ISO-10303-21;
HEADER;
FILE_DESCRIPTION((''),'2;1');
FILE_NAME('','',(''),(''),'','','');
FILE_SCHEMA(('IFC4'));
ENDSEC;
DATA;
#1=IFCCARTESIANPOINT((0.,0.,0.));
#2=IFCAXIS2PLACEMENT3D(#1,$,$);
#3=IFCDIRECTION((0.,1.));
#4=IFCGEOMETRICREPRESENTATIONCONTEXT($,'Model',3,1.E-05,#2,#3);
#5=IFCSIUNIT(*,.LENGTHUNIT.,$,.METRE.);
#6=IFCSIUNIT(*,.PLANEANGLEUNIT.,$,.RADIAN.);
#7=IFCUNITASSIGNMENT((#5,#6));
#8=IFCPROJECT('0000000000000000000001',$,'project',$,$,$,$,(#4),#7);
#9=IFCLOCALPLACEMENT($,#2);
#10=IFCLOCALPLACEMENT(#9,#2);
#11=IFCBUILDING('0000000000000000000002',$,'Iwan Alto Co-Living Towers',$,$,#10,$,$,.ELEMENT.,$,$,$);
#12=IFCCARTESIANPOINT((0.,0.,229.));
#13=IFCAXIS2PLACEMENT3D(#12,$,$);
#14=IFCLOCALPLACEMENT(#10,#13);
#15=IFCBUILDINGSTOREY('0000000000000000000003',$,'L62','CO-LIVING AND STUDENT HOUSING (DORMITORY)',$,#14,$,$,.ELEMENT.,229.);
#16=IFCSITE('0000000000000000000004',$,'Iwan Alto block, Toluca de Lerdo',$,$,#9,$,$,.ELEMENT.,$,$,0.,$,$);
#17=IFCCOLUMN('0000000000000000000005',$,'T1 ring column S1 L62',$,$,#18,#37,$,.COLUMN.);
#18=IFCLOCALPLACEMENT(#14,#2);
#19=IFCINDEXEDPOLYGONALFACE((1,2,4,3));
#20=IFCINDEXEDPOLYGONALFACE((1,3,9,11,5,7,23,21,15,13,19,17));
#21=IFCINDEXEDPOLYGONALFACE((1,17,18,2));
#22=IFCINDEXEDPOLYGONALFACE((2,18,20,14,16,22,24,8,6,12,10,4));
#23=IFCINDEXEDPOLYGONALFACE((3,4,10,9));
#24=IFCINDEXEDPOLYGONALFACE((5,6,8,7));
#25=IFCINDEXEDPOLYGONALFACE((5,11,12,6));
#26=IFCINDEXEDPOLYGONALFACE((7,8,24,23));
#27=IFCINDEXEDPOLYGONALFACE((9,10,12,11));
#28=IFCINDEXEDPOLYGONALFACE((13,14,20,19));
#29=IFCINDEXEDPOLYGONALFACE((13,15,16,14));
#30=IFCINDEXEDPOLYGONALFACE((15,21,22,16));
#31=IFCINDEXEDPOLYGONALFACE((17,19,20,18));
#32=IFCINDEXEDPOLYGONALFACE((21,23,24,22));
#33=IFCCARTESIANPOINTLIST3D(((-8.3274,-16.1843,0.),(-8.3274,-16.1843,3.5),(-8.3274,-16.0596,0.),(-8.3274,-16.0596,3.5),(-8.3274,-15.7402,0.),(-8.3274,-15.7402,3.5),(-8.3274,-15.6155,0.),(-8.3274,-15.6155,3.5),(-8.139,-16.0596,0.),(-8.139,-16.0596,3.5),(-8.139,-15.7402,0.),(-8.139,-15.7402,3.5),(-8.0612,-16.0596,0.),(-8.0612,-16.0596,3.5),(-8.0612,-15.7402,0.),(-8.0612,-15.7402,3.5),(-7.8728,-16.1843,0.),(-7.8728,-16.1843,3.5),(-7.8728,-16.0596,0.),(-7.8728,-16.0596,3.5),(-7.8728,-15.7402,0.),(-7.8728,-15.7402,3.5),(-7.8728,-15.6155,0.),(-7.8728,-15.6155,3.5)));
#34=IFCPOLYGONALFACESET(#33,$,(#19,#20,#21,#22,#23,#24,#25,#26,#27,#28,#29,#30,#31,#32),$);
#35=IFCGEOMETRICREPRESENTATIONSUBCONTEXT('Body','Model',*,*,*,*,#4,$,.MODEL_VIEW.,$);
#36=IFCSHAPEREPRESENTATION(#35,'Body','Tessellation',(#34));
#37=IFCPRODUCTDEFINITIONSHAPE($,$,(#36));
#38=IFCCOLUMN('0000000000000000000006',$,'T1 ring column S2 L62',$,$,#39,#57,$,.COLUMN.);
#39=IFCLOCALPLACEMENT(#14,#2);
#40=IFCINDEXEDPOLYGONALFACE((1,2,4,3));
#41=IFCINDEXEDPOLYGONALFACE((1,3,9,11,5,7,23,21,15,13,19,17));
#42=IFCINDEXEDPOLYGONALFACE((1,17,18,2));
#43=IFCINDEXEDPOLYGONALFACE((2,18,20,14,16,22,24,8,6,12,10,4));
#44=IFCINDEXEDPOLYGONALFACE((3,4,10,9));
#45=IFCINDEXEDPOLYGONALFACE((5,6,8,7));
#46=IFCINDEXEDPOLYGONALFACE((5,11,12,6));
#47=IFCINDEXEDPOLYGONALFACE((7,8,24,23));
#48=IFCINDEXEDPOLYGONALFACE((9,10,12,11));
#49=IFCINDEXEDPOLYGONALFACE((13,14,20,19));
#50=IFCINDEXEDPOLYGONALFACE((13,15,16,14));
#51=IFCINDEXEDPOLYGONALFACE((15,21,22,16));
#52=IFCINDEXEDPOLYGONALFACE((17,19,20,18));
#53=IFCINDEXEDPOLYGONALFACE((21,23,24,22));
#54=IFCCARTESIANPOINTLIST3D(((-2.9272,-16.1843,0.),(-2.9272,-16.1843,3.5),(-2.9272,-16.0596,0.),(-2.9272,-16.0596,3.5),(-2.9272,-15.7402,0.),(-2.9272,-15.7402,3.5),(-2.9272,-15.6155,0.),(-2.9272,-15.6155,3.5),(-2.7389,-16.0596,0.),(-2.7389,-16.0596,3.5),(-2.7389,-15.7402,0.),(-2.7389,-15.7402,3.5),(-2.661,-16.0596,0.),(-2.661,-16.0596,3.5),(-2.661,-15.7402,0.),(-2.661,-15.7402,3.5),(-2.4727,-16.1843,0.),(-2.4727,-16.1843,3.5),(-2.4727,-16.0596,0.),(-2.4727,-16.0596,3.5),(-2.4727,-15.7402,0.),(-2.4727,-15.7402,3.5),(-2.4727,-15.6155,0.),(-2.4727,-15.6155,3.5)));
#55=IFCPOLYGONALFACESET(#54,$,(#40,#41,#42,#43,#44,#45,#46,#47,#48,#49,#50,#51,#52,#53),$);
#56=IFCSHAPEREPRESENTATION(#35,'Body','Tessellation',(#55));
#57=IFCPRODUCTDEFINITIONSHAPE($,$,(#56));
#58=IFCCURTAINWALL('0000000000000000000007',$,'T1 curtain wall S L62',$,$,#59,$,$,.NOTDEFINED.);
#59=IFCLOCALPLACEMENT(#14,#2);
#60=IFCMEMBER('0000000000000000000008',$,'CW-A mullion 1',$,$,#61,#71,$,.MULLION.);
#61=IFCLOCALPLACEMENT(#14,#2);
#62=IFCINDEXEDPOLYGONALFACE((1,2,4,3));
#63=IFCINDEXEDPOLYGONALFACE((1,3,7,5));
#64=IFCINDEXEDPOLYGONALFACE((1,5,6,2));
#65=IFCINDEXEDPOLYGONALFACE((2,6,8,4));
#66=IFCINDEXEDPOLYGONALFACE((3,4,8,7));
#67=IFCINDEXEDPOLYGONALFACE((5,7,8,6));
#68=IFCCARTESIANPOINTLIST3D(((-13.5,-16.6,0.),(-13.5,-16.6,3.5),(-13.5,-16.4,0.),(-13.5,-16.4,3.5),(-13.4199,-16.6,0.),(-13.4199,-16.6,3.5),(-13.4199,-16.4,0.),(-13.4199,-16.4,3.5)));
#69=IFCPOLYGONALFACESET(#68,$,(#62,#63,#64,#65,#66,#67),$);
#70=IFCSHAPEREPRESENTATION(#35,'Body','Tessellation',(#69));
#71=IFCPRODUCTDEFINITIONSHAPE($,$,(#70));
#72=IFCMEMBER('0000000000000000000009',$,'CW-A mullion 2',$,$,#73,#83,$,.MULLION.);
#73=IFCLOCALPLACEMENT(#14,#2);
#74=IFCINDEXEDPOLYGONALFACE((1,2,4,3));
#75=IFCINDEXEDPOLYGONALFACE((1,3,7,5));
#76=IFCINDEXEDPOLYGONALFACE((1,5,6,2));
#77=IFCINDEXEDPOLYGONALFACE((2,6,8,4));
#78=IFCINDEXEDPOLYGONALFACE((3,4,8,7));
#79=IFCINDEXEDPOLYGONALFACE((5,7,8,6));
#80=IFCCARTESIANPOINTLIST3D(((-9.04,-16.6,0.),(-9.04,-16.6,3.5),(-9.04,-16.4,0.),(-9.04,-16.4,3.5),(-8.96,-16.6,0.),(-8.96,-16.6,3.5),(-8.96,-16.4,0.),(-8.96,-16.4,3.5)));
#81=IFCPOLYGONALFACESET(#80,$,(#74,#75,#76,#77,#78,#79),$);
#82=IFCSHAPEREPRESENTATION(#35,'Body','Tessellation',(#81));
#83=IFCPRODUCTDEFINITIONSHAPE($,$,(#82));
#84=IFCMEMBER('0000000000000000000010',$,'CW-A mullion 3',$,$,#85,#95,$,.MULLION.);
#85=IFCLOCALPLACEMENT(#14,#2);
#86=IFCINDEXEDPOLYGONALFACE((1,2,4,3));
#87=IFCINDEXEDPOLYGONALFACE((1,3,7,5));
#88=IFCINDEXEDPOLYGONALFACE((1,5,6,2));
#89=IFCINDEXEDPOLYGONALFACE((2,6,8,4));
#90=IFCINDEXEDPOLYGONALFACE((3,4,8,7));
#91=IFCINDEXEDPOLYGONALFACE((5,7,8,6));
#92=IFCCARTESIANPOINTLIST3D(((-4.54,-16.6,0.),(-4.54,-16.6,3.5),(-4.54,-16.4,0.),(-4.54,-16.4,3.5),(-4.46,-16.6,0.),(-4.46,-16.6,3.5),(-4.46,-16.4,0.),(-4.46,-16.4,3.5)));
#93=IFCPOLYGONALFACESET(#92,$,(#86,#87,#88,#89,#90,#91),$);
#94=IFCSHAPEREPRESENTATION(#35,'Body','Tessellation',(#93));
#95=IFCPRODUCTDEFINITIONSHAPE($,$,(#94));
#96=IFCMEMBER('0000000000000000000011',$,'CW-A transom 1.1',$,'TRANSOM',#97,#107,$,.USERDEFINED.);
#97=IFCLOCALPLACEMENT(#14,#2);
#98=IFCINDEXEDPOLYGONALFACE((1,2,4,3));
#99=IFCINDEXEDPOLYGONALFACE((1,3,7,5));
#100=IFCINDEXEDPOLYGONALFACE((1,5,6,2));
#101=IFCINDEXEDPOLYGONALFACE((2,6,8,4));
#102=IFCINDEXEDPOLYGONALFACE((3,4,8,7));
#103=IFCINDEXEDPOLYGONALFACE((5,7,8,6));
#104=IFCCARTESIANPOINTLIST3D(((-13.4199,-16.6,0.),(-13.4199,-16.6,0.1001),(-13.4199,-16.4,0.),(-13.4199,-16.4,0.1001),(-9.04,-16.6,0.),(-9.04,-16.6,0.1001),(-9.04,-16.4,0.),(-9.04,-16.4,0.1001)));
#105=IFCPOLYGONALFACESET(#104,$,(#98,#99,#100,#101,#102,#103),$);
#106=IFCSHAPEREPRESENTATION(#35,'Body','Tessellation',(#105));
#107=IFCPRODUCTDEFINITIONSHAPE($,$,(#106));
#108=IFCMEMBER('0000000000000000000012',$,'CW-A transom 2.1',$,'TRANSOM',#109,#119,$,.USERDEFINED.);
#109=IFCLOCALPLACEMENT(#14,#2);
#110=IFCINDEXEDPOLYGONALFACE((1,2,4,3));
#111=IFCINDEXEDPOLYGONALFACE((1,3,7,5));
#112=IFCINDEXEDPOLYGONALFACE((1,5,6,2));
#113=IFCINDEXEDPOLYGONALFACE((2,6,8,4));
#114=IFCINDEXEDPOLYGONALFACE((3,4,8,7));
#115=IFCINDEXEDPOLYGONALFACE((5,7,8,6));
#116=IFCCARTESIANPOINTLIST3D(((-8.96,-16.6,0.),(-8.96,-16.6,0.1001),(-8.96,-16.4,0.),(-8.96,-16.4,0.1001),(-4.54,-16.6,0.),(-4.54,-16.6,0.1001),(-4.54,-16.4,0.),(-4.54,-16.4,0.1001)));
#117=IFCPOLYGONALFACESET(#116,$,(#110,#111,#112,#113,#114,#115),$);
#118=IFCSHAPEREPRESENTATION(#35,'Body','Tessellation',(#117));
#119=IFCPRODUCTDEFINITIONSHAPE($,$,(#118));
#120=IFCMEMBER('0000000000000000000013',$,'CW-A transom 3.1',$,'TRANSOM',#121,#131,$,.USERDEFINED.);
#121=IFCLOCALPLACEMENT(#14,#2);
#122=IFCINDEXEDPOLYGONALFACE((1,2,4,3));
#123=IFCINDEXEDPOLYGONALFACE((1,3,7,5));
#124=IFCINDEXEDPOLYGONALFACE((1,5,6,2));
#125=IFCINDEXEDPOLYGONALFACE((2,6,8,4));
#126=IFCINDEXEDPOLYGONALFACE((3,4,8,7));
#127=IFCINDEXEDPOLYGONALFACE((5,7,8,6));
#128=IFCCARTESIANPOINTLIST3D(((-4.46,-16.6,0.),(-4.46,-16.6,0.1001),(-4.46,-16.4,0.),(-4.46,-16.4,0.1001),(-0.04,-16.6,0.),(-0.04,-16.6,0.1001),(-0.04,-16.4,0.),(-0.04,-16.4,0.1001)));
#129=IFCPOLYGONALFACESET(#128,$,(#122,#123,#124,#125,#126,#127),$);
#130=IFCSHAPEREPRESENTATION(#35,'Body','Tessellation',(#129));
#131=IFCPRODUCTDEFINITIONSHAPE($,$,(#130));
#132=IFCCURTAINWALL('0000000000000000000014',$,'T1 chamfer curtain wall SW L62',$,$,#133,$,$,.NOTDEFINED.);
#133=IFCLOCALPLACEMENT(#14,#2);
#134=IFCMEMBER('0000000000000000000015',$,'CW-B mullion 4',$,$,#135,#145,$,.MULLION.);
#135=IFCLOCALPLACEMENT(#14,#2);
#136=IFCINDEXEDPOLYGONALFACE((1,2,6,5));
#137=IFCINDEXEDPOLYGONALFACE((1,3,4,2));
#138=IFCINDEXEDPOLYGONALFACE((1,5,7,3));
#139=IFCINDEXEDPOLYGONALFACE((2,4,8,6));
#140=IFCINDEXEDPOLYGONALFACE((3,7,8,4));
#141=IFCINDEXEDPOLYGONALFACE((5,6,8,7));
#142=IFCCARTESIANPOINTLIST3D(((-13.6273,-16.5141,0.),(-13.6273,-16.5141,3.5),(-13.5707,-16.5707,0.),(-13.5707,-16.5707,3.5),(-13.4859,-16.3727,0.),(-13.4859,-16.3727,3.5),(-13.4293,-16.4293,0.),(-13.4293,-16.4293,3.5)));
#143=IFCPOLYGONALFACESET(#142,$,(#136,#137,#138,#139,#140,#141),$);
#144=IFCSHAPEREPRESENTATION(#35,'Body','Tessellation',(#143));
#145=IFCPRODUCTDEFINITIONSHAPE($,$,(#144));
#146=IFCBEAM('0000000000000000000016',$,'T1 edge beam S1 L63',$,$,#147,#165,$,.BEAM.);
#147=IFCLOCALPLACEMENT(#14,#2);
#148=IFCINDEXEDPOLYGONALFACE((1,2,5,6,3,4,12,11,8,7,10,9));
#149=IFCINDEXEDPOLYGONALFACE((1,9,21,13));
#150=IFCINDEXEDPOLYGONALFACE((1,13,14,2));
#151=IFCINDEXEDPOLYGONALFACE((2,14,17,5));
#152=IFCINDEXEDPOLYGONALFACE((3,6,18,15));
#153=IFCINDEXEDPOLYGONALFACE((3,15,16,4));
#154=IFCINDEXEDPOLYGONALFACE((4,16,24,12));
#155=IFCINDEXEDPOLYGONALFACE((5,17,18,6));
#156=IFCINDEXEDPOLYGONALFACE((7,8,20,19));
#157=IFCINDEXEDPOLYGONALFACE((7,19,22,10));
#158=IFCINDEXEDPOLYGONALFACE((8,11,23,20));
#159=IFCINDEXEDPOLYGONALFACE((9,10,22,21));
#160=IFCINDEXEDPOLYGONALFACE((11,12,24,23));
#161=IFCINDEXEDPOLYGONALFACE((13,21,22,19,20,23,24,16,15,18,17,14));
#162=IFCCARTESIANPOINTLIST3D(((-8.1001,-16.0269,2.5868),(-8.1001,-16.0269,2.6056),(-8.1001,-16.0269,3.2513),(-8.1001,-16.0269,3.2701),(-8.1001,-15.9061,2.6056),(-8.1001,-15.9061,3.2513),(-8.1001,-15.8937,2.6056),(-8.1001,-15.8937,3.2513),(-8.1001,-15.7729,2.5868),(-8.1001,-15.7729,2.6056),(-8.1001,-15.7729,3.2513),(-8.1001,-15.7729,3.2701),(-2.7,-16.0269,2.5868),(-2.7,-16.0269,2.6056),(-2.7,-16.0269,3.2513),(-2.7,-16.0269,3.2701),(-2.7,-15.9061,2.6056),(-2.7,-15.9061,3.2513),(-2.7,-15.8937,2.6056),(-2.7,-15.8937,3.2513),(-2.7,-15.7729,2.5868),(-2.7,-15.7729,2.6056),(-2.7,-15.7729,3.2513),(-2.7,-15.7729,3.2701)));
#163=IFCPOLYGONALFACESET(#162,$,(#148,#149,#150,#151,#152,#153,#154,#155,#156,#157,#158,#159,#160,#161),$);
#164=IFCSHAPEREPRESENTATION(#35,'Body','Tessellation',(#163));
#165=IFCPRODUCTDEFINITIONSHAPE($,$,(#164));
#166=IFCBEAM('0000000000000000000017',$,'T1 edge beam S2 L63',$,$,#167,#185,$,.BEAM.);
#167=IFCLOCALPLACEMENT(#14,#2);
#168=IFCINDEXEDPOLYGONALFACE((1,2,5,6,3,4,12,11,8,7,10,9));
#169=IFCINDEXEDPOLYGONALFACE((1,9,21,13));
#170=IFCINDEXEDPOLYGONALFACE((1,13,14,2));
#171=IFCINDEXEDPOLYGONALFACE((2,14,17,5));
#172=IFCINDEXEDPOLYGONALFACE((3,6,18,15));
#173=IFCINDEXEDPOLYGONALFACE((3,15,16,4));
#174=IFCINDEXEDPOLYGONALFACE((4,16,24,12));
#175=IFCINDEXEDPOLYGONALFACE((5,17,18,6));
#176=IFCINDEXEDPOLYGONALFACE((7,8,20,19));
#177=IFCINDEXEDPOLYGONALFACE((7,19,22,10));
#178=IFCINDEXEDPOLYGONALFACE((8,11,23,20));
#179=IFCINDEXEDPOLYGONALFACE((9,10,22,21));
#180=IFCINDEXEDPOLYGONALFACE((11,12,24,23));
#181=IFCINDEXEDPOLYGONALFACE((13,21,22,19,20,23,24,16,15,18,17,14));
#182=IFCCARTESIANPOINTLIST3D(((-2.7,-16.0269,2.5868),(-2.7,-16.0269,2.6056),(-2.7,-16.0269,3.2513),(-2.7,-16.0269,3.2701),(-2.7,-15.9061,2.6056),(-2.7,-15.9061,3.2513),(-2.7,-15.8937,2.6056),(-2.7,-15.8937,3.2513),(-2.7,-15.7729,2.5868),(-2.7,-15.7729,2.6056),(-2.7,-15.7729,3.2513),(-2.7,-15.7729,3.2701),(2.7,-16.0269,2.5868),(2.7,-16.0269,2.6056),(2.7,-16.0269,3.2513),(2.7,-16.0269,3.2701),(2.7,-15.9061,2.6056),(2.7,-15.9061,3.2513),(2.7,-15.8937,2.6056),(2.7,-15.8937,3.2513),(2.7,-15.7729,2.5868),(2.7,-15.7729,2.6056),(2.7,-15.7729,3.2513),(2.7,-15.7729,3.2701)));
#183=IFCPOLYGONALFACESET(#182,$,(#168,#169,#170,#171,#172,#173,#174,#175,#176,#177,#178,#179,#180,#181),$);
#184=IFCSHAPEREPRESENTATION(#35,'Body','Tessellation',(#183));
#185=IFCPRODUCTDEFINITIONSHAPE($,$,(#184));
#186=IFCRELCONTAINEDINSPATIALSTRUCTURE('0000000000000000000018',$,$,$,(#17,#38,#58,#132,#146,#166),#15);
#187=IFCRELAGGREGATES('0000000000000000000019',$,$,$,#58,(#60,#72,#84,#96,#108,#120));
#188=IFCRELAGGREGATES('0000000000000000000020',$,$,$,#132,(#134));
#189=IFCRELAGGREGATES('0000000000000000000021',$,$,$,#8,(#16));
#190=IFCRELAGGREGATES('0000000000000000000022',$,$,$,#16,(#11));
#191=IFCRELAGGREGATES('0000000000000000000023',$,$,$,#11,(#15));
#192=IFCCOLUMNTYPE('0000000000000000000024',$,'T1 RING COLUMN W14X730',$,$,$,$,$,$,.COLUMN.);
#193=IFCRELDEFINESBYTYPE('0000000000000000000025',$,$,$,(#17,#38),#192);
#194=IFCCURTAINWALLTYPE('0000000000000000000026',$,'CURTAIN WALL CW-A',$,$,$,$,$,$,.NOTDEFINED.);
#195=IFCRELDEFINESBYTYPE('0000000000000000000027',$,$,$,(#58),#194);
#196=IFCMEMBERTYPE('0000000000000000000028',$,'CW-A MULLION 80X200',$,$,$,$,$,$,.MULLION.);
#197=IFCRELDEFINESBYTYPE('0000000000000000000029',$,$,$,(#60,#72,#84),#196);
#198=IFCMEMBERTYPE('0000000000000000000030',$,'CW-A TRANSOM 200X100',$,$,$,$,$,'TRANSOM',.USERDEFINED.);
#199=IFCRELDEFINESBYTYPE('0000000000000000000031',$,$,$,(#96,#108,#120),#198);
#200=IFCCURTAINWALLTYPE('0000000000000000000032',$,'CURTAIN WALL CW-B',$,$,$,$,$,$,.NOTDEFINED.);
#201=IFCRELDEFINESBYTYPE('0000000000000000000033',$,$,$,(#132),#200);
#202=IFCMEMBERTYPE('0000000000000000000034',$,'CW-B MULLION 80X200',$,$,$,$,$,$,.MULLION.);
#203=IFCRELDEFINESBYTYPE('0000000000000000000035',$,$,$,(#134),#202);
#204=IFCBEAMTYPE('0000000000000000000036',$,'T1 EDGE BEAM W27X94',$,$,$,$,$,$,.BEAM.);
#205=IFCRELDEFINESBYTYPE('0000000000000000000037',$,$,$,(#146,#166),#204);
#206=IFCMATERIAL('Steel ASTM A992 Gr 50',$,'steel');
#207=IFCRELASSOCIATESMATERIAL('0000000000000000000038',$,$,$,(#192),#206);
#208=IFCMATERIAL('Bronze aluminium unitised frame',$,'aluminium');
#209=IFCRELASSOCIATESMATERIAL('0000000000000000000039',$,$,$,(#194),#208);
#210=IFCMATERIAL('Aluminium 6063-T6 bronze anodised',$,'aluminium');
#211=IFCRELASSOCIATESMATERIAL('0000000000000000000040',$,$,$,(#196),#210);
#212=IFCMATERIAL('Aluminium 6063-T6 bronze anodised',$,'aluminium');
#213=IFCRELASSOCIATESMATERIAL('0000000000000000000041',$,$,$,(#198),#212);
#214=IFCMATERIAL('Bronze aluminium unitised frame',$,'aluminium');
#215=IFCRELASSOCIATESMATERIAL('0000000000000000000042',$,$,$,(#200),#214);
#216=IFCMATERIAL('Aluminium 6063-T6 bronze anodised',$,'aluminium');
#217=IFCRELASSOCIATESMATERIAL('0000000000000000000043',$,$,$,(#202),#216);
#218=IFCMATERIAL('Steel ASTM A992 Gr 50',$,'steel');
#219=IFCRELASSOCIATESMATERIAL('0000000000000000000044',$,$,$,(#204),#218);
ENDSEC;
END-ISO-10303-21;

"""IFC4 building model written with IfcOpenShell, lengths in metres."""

from ifc_helpers import new_model, si_unit, direction, frame, origin, origin_2d, place, context, subcontext, project, spatial, rectangle, i_section, extrude, material, material_profile, profile_set, type_object, element, aggregate, save


model = new_model("IFC4")

# Units and contexts
model_context = context("Model", 3, precision=1e-05, world=origin(), true_north=direction((0.0, 1.0)))
body_context = subcontext(model_context, "Body", "Model", "MODEL_VIEW")
ifc_project = project(units=[si_unit("LENGTHUNIT", "METRE"), si_unit("PLANEANGLEUNIT", "RADIAN")], contexts=[model_context])

# Site, building, storey
site_placement = place(None, origin())
site = spatial("IfcSite", under=ifc_project, at=site_placement, Name="Iwan Alto block, Toluca de Lerdo", CompositionType="ELEMENT", RefElevation=0.0)
building_placement = place(site_placement, origin())
building = spatial("IfcBuilding", under=site, at=building_placement, Name="Iwan Alto Co-Living Towers", CompositionType="ELEMENT")
storey_placement = place(building_placement, frame((0.0, 0.0, 229.0)))
storey = spatial("IfcBuildingStorey", under=building, at=storey_placement, Name="L62", Description="CO-LIVING AND STUDENT HOUSING (DORMITORY)", CompositionType="ELEMENT", Elevation=229.0)

# Columns
ifc_material_1 = material(Name="Steel ASTM A992 Gr 50", Category="steel")
ifc_material_profile_1 = material_profile(ifc_material_1, i_section(OverallWidth=0.4546, OverallDepth=0.5688, WebThickness=0.0779, FlangeThickness=0.1248, at=origin_2d()), Name="W14X730")
ifc_profile_set_1 = profile_set([ifc_material_profile_1], Name="Steel ASTM A992 Gr 50")
column_type = type_object("IfcColumnType", Name="T1 RING COLUMN W14X730", PredefinedType="COLUMN", material=ifc_profile_set_1)
for number, where, z_axis, x_axis, name in (
    (1, (-8.1001, -15.8999, 0.0), (0.0, 0.0, 1.0), (1.0, 0.0, 0.0), "T1 ring column S1 L62"),
    (2, (-2.7, -15.8999, 0.0), (0.0, 0.0, 1.0), (1.0, 0.0, 0.0), "T1 ring column S2 L62"),
):
    element("IfcColumn", number, at=place(storey_placement, frame(where, z_axis=z_axis, x_axis=x_axis)), inside=storey, type_object=column_type, Name=name, PredefinedType="COLUMN", context=body_context, shape_type="SweptSolid", body=[
        extrude(i_section(OverallWidth=0.4546, OverallDepth=0.5688, WebThickness=0.0779, FlangeThickness=0.1248, at=origin_2d()), origin(), (0.0, 0.0, 1.0), 3.5),
    ])

# Curtain wall, members
ifc_material_2 = material(Name="Bronze aluminium unitised frame", Category="aluminium")
curtain_wall_type_1 = type_object("IfcCurtainWallType", Name="CURTAIN WALL CW-A", PredefinedType="NOTDEFINED", material=ifc_material_2)
curtain_wall_1_placement = place(storey_placement, origin())
curtain_wall_1 = element("IfcCurtainWall", 3, at=curtain_wall_1_placement, inside=storey, type_object=curtain_wall_type_1, Name="T1 curtain wall S L62", PredefinedType="NOTDEFINED")
ifc_material_3 = material(Name="Aluminium 6063-T6 bronze anodised", Category="aluminium")
ifc_material_profile_2 = material_profile(ifc_material_3, rectangle(XDim=0.2, YDim=0.0801, at=origin_2d()), Name="AL 80X200")
ifc_profile_set_2 = profile_set([ifc_material_profile_2], Name="Aluminium 6063-T6 bronze anodised")
member_type_1 = type_object("IfcMemberType", Name="CW-A MULLION 80X200", PredefinedType="MULLION", material=ifc_profile_set_2)
member_1_placement = place(storey_placement, frame((-13.46, -16.5, 0.0), z_axis=(0.0, 0.0, 1.0), x_axis=(0.0, 1.0, 0.0)))
member_1 = element("IfcMember", 4, at=member_1_placement, type_object=member_type_1, Name="CW-A mullion 1", PredefinedType="MULLION", context=body_context, shape_type="SweptSolid", body=[
    extrude(rectangle(XDim=0.2, YDim=0.0801, at=origin_2d()), origin(), (0.0, 0.0, 1.0), 3.5),
])
member_2_placement = place(storey_placement, frame((-9.0, -16.5, 0.0), z_axis=(0.0, 0.0, 1.0), x_axis=(0.0, 1.0, 0.0)))
member_2 = element("IfcMember", 5, at=member_2_placement, type_object=member_type_1, Name="CW-A mullion 2", PredefinedType="MULLION", context=body_context, shape_type="SweptSolid", body=[
    extrude(rectangle(XDim=0.2, YDim=0.0801, at=origin_2d()), origin(), (0.0, 0.0, 1.0), 3.5),
])
member_3_placement = place(storey_placement, frame((-4.5, -16.5, 0.0), z_axis=(0.0, 0.0, 1.0), x_axis=(0.0, 1.0, 0.0)))
member_3 = element("IfcMember", 6, at=member_3_placement, type_object=member_type_1, Name="CW-A mullion 3", PredefinedType="MULLION", context=body_context, shape_type="SweptSolid", body=[
    extrude(rectangle(XDim=0.2, YDim=0.0801, at=origin_2d()), origin(), (0.0, 0.0, 1.0), 3.5),
])
ifc_material_4 = material(Name="Aluminium 6063-T6 bronze anodised", Category="aluminium")
ifc_material_profile_3 = material_profile(ifc_material_4, rectangle(XDim=0.2, YDim=0.1001, at=origin_2d()), Name="AL 200X100")
ifc_profile_set_3 = profile_set([ifc_material_profile_3], Name="Aluminium 6063-T6 bronze anodised")
member_type_2 = type_object("IfcMemberType", Name="CW-A TRANSOM 200X100", ElementType="TRANSOM", PredefinedType="USERDEFINED", material=ifc_profile_set_3)
member_4_placement = place(storey_placement, frame((-13.4199, -16.5, 0.05), z_axis=(1.0, 0.0, 0.0), x_axis=(0.0, 1.0, 0.0)))
member_4 = element("IfcMember", 7, at=member_4_placement, type_object=member_type_2, Name="CW-A transom 1.1", ObjectType="TRANSOM", PredefinedType="USERDEFINED", context=body_context, shape_type="SweptSolid", body=[
    extrude(rectangle(XDim=0.2, YDim=0.1001, at=origin_2d()), origin(), (0.0, 0.0, 1.0), 4.3799),
])
member_5_placement = place(storey_placement, frame((-8.96, -16.5, 0.05), z_axis=(1.0, 0.0, 0.0), x_axis=(0.0, 1.0, 0.0)))
member_5 = element("IfcMember", 8, at=member_5_placement, type_object=member_type_2, Name="CW-A transom 2.1", ObjectType="TRANSOM", PredefinedType="USERDEFINED", context=body_context, shape_type="SweptSolid", body=[
    extrude(rectangle(XDim=0.2, YDim=0.1001, at=origin_2d()), origin(), (0.0, 0.0, 1.0), 4.4199),
])
member_6_placement = place(storey_placement, frame((-4.46, -16.5, 0.05), z_axis=(1.0, 0.0, 0.0), x_axis=(0.0, 1.0, 0.0)))
member_6 = element("IfcMember", 9, at=member_6_placement, type_object=member_type_2, Name="CW-A transom 3.1", ObjectType="TRANSOM", PredefinedType="USERDEFINED", context=body_context, shape_type="SweptSolid", body=[
    extrude(rectangle(XDim=0.2, YDim=0.1001, at=origin_2d()), origin(), (0.0, 0.0, 1.0), 4.4199),
])

# Curtain wall, member
ifc_material_5 = material(Name="Bronze aluminium unitised frame", Category="aluminium")
curtain_wall_type_2 = type_object("IfcCurtainWallType", Name="CURTAIN WALL CW-B", PredefinedType="NOTDEFINED", material=ifc_material_5)
curtain_wall_2_placement = place(storey_placement, origin())
curtain_wall_2 = element("IfcCurtainWall", 10, at=curtain_wall_2_placement, inside=storey, type_object=curtain_wall_type_2, Name="T1 chamfer curtain wall SW L62", PredefinedType="NOTDEFINED")
ifc_material_6 = material(Name="Aluminium 6063-T6 bronze anodised", Category="aluminium")
ifc_material_profile_4 = material_profile(ifc_material_6, rectangle(XDim=0.2, YDim=0.0801, at=origin_2d()), Name="AL 80X200")
ifc_profile_set_4 = profile_set([ifc_material_profile_4], Name="Aluminium 6063-T6 bronze anodised")
member_type_3 = type_object("IfcMemberType", Name="CW-B MULLION 80X200", PredefinedType="MULLION", material=ifc_profile_set_4)
member_7_placement = place(storey_placement, frame((-13.5283, -16.4717, 0.0), z_axis=(0.0, 0.0, 1.0), x_axis=(0.707107, 0.707107, 0.0)))
member_7 = element("IfcMember", 11, at=member_7_placement, type_object=member_type_3, Name="CW-B mullion 4", PredefinedType="MULLION", context=body_context, shape_type="SweptSolid", body=[
    extrude(rectangle(XDim=0.2, YDim=0.0801, at=origin_2d()), origin(), (0.0, 0.0, 1.0), 3.5),
])

# Beams
ifc_material_7 = material(Name="Steel ASTM A992 Gr 50", Category="steel")
ifc_material_profile_5 = material_profile(ifc_material_7, i_section(OverallWidth=0.2539, OverallDepth=0.6833, WebThickness=0.0125, FlangeThickness=0.0188, at=origin_2d()), Name="W27X94")
ifc_profile_set_5 = profile_set([ifc_material_profile_5], Name="Steel ASTM A992 Gr 50")
beam_type_1 = type_object("IfcBeamType", Name="T1 EDGE BEAM W27X94", PredefinedType="BEAM", material=ifc_profile_set_5)
beam_1_placement = place(storey_placement, frame((-8.1001, -15.8999, 2.9285), z_axis=(1.0, 0.0, 0.0), x_axis=(0.0, 1.0, 0.0)))
element("IfcBeam", 12, at=beam_1_placement, inside=storey, type_object=beam_type_1, Name="T1 edge beam S1 L63", PredefinedType="BEAM", context=body_context, shape_type="SweptSolid", body=[
    extrude(i_section(OverallWidth=0.2539, OverallDepth=0.6833, WebThickness=0.0125, FlangeThickness=0.0188, at=origin_2d()), origin(), (0.0, 0.0, 1.0), 5.4001),
])
beam_2_placement = place(storey_placement, frame((-2.7, -15.8999, 2.9285), z_axis=(1.0, 0.0, 0.0), x_axis=(0.0, 1.0, 0.0)))
element("IfcBeam", 13, at=beam_2_placement, inside=storey, type_object=beam_type_1, Name="T1 edge beam S2 L63", PredefinedType="BEAM", context=body_context, shape_type="SweptSolid", body=[
    extrude(i_section(OverallWidth=0.2539, OverallDepth=0.6833, WebThickness=0.0125, FlangeThickness=0.0188, at=origin_2d()), origin(), (0.0, 0.0, 1.0), 5.3999),
])

aggregate(curtain_wall_1, [member_1, member_2, member_3, member_4, member_5, member_6])
aggregate(curtain_wall_2, [member_7])

save(model, "model.ifc")
